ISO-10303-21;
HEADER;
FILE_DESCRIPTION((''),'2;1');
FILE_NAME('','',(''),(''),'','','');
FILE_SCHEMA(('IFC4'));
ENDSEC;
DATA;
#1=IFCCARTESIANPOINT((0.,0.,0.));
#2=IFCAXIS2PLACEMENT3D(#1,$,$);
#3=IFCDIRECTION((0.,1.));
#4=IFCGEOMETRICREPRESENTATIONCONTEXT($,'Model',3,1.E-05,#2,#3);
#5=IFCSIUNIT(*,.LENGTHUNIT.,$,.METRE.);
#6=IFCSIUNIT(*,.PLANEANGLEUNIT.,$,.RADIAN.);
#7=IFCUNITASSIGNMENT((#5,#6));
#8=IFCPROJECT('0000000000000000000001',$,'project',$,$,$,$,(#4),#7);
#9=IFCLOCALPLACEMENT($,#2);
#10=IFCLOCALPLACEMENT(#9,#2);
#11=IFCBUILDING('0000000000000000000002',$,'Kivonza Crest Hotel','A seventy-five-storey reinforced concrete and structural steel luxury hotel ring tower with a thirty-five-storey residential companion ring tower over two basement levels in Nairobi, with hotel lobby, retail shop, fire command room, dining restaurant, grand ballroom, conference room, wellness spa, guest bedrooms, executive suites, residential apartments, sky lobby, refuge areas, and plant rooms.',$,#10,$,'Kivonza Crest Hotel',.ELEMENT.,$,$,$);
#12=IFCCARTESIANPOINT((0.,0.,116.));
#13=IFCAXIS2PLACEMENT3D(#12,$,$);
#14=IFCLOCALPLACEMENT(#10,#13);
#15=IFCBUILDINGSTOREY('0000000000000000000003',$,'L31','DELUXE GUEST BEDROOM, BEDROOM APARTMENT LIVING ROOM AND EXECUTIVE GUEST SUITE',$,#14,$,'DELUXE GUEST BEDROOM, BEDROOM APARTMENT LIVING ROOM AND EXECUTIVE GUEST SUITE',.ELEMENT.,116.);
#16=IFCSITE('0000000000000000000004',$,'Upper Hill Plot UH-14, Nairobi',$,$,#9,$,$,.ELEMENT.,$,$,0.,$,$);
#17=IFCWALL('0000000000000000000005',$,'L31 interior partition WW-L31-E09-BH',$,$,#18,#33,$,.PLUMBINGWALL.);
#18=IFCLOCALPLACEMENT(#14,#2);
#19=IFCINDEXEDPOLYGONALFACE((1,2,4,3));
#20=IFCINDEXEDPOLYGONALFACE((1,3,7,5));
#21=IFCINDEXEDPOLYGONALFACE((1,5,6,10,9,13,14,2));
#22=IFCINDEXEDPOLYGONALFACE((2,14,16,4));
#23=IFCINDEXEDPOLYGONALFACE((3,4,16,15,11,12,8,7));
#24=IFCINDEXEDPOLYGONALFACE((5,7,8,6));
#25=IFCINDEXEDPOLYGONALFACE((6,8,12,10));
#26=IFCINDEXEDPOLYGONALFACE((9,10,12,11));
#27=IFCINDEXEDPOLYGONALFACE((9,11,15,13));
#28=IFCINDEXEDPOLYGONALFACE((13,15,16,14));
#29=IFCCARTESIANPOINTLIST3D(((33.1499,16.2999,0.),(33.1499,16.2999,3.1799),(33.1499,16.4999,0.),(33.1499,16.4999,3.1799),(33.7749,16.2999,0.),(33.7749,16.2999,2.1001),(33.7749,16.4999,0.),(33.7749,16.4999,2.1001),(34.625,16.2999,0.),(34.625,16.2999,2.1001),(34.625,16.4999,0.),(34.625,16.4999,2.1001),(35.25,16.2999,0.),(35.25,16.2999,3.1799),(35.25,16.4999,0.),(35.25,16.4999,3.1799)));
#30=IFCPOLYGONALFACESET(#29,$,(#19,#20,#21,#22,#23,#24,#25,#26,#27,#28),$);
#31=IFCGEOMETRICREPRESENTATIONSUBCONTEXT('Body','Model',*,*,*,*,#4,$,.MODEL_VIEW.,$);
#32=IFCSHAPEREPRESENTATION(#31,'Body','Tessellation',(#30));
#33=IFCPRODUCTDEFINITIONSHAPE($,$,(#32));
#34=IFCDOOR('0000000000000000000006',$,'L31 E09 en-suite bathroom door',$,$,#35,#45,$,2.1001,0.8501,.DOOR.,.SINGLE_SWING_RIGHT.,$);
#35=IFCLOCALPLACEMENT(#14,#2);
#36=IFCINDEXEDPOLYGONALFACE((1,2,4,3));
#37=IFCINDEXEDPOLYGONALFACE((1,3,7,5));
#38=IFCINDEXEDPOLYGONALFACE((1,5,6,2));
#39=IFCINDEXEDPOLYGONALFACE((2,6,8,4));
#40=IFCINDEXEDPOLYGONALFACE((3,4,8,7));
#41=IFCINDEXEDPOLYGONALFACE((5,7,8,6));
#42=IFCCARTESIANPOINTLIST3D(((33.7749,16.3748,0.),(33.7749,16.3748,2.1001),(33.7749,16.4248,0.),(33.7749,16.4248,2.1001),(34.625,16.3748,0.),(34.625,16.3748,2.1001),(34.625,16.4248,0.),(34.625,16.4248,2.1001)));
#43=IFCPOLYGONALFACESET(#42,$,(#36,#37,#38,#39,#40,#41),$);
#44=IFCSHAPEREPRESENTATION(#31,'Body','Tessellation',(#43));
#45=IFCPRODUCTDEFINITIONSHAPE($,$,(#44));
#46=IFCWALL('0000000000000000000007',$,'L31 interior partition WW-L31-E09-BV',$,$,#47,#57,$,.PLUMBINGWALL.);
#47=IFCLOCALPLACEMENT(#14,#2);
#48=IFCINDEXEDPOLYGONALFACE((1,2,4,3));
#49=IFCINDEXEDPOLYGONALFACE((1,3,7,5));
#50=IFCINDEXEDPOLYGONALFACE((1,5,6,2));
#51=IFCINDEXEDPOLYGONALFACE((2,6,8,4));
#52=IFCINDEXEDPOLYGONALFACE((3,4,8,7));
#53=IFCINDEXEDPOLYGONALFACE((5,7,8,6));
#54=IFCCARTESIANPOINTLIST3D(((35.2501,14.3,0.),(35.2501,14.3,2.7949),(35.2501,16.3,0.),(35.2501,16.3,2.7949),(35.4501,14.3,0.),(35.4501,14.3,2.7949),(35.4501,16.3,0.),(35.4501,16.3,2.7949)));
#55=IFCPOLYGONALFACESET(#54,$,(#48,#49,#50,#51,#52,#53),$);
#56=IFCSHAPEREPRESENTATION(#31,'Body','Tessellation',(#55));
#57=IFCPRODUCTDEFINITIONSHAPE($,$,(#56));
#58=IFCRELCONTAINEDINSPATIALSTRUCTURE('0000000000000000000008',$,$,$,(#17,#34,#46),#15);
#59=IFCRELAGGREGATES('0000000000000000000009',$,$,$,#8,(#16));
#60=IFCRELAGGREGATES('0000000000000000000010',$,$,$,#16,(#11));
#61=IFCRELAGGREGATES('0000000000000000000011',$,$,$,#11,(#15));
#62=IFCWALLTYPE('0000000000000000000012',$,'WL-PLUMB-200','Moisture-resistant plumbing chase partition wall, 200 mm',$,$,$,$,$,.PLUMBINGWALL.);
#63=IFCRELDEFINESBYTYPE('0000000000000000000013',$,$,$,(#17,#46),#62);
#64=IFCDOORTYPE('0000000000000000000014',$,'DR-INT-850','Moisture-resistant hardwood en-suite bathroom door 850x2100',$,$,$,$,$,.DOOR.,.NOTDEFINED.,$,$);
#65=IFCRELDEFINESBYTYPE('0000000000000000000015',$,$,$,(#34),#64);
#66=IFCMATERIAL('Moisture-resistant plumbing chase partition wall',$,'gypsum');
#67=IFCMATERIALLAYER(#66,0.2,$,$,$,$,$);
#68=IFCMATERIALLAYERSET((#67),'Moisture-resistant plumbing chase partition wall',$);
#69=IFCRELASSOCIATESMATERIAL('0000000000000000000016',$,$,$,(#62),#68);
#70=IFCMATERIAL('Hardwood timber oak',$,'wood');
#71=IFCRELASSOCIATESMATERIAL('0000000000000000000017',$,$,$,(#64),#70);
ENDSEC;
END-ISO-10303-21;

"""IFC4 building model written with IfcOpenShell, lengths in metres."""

from ifc_helpers import new_model, si_unit, direction, frame, frame_2d, origin, place, context, subcontext, project, spatial, rectangle, extrude, material, layer, layer_set, type_object, element, fill, save


model = new_model("IFC4")

# Units and contexts
model_context = context("Model", 3, precision=1e-05, world=origin(), true_north=direction((0.0, 1.0)))
body_context = subcontext(model_context, "Body", "Model", "MODEL_VIEW")
ifc_project = project(units=[si_unit("LENGTHUNIT", "METRE"), si_unit("PLANEANGLEUNIT", "RADIAN")], contexts=[model_context])

# Site, building, storey
site_placement = place(None, origin())
site = spatial("IfcSite", under=ifc_project, at=site_placement, Name="Upper Hill Plot UH-14, Nairobi", CompositionType="ELEMENT", RefElevation=0.0)
building_placement = place(site_placement, origin())
building = spatial("IfcBuilding", under=site, at=building_placement, Name="Kivonza Crest Hotel", Description="A seventy-five-storey reinforced concrete and structural steel luxury hotel ring tower with a thirty-five-storey residential companion ring tower over two basement levels in Nairobi, with hotel lobby, retail shop, fire command room, dining restaurant, grand ballroom, conference room, wellness spa, guest bedrooms, executive suites, residential apartments, sky lobby, refuge areas, and plant rooms.", LongName="Kivonza Crest Hotel", CompositionType="ELEMENT")
storey_placement = place(building_placement, frame((0.0, 0.0, 116.0)))
storey = spatial("IfcBuildingStorey", under=building, at=storey_placement, Name="L31", Description="DELUXE GUEST BEDROOM, BEDROOM APARTMENT LIVING ROOM AND EXECUTIVE GUEST SUITE", LongName="DELUXE GUEST BEDROOM, BEDROOM APARTMENT LIVING ROOM AND EXECUTIVE GUEST SUITE", CompositionType="ELEMENT", Elevation=116.0)

# Shared definitions
ifc_material_1 = material(Name="Hardwood timber oak", Category="wood")

# Wall, opening, door
ifc_material_2 = material(Name="Moisture-resistant plumbing chase partition wall", Category="gypsum")
ifc_layer_1 = layer(ifc_material_2, 0.2)
ifc_layer_set_1 = layer_set([ifc_layer_1], Name="Moisture-resistant plumbing chase partition wall")
wall_type_1 = type_object("IfcWallType", Name="WL-PLUMB-200", Description="Moisture-resistant plumbing chase partition wall, 200 mm", PredefinedType="PLUMBINGWALL", material=ifc_layer_set_1)
wall_1_placement = place(storey_placement, frame((33.1499, 16.3999, 0.0), z_axis=(0.0, 0.0, 1.0), x_axis=(1.0, 0.0, 0.0)))
wall_1 = element("IfcWall", 1, at=wall_1_placement, inside=storey, type_object=wall_type_1, Name="L31 interior partition WW-L31-E09-BH", PredefinedType="PLUMBINGWALL", context=body_context, shape_type="SweptSolid", body=[
    extrude(rectangle(XDim=2.1001, YDim=0.2, at=frame_2d((1.05, 0.0))), origin(), (0.0, 0.0, 1.0), 3.1799),
])
opening_1_placement = place(wall_1_placement, frame((0.625, 0.0, 0.0)))
opening_1 = element("IfcOpeningElement", 2, at=opening_1_placement, cuts=wall_1, PredefinedType="OPENING", context=body_context, shape_type="SweptSolid", body=[
    extrude(rectangle(XDim=0.8501, YDim=2.1001, at=frame_2d((0.425, 1.05))), frame((0.0, 0.1099, 0.0), z_axis=(0.0, -1.0, 0.0), x_axis=(1.0, 0.0, 0.0)), (0.0, 0.0, 1.0), 0.22),
])
door_type_1 = type_object("IfcDoorType", Name="DR-INT-850", Description="Moisture-resistant hardwood en-suite bathroom door 850x2100", OperationType="NOTDEFINED", PredefinedType="DOOR", material=ifc_material_1)
door_1_placement = place(opening_1_placement, origin())
door_1 = element("IfcDoor", 3, at=door_1_placement, inside=storey, type_object=door_type_1, Name="L31 E09 en-suite bathroom door", OperationType="SINGLE_SWING_RIGHT", OverallHeight=2.1001, OverallWidth=0.8501, PredefinedType="DOOR", context=body_context, shape_type="SweptSolid", body=[
    extrude(rectangle(XDim=0.8501, YDim=2.1001, at=frame_2d((0.425, 1.05))), frame((0.0, 0.0249, 0.0), z_axis=(0.0, -1.0, 0.0), x_axis=(1.0, 0.0, 0.0)), (0.0, 0.0, 1.0), 0.05),
])
fill(opening_1, door_1)

# Wall
wall_2_placement = place(storey_placement, frame((35.3501, 14.3, 0.0), z_axis=(0.0, 0.0, 1.0), x_axis=(0.0, 1.0, 0.0)))
element("IfcWall", 4, at=wall_2_placement, inside=storey, type_object=wall_type_1, Name="L31 interior partition WW-L31-E09-BV", PredefinedType="PLUMBINGWALL", context=body_context, shape_type="SweptSolid", body=[
    extrude(rectangle(XDim=2.0, YDim=0.2, at=frame_2d((1.0, 0.0))), origin(), (0.0, 0.0, 1.0), 2.7949),
])

save(model, "model.ifc")
